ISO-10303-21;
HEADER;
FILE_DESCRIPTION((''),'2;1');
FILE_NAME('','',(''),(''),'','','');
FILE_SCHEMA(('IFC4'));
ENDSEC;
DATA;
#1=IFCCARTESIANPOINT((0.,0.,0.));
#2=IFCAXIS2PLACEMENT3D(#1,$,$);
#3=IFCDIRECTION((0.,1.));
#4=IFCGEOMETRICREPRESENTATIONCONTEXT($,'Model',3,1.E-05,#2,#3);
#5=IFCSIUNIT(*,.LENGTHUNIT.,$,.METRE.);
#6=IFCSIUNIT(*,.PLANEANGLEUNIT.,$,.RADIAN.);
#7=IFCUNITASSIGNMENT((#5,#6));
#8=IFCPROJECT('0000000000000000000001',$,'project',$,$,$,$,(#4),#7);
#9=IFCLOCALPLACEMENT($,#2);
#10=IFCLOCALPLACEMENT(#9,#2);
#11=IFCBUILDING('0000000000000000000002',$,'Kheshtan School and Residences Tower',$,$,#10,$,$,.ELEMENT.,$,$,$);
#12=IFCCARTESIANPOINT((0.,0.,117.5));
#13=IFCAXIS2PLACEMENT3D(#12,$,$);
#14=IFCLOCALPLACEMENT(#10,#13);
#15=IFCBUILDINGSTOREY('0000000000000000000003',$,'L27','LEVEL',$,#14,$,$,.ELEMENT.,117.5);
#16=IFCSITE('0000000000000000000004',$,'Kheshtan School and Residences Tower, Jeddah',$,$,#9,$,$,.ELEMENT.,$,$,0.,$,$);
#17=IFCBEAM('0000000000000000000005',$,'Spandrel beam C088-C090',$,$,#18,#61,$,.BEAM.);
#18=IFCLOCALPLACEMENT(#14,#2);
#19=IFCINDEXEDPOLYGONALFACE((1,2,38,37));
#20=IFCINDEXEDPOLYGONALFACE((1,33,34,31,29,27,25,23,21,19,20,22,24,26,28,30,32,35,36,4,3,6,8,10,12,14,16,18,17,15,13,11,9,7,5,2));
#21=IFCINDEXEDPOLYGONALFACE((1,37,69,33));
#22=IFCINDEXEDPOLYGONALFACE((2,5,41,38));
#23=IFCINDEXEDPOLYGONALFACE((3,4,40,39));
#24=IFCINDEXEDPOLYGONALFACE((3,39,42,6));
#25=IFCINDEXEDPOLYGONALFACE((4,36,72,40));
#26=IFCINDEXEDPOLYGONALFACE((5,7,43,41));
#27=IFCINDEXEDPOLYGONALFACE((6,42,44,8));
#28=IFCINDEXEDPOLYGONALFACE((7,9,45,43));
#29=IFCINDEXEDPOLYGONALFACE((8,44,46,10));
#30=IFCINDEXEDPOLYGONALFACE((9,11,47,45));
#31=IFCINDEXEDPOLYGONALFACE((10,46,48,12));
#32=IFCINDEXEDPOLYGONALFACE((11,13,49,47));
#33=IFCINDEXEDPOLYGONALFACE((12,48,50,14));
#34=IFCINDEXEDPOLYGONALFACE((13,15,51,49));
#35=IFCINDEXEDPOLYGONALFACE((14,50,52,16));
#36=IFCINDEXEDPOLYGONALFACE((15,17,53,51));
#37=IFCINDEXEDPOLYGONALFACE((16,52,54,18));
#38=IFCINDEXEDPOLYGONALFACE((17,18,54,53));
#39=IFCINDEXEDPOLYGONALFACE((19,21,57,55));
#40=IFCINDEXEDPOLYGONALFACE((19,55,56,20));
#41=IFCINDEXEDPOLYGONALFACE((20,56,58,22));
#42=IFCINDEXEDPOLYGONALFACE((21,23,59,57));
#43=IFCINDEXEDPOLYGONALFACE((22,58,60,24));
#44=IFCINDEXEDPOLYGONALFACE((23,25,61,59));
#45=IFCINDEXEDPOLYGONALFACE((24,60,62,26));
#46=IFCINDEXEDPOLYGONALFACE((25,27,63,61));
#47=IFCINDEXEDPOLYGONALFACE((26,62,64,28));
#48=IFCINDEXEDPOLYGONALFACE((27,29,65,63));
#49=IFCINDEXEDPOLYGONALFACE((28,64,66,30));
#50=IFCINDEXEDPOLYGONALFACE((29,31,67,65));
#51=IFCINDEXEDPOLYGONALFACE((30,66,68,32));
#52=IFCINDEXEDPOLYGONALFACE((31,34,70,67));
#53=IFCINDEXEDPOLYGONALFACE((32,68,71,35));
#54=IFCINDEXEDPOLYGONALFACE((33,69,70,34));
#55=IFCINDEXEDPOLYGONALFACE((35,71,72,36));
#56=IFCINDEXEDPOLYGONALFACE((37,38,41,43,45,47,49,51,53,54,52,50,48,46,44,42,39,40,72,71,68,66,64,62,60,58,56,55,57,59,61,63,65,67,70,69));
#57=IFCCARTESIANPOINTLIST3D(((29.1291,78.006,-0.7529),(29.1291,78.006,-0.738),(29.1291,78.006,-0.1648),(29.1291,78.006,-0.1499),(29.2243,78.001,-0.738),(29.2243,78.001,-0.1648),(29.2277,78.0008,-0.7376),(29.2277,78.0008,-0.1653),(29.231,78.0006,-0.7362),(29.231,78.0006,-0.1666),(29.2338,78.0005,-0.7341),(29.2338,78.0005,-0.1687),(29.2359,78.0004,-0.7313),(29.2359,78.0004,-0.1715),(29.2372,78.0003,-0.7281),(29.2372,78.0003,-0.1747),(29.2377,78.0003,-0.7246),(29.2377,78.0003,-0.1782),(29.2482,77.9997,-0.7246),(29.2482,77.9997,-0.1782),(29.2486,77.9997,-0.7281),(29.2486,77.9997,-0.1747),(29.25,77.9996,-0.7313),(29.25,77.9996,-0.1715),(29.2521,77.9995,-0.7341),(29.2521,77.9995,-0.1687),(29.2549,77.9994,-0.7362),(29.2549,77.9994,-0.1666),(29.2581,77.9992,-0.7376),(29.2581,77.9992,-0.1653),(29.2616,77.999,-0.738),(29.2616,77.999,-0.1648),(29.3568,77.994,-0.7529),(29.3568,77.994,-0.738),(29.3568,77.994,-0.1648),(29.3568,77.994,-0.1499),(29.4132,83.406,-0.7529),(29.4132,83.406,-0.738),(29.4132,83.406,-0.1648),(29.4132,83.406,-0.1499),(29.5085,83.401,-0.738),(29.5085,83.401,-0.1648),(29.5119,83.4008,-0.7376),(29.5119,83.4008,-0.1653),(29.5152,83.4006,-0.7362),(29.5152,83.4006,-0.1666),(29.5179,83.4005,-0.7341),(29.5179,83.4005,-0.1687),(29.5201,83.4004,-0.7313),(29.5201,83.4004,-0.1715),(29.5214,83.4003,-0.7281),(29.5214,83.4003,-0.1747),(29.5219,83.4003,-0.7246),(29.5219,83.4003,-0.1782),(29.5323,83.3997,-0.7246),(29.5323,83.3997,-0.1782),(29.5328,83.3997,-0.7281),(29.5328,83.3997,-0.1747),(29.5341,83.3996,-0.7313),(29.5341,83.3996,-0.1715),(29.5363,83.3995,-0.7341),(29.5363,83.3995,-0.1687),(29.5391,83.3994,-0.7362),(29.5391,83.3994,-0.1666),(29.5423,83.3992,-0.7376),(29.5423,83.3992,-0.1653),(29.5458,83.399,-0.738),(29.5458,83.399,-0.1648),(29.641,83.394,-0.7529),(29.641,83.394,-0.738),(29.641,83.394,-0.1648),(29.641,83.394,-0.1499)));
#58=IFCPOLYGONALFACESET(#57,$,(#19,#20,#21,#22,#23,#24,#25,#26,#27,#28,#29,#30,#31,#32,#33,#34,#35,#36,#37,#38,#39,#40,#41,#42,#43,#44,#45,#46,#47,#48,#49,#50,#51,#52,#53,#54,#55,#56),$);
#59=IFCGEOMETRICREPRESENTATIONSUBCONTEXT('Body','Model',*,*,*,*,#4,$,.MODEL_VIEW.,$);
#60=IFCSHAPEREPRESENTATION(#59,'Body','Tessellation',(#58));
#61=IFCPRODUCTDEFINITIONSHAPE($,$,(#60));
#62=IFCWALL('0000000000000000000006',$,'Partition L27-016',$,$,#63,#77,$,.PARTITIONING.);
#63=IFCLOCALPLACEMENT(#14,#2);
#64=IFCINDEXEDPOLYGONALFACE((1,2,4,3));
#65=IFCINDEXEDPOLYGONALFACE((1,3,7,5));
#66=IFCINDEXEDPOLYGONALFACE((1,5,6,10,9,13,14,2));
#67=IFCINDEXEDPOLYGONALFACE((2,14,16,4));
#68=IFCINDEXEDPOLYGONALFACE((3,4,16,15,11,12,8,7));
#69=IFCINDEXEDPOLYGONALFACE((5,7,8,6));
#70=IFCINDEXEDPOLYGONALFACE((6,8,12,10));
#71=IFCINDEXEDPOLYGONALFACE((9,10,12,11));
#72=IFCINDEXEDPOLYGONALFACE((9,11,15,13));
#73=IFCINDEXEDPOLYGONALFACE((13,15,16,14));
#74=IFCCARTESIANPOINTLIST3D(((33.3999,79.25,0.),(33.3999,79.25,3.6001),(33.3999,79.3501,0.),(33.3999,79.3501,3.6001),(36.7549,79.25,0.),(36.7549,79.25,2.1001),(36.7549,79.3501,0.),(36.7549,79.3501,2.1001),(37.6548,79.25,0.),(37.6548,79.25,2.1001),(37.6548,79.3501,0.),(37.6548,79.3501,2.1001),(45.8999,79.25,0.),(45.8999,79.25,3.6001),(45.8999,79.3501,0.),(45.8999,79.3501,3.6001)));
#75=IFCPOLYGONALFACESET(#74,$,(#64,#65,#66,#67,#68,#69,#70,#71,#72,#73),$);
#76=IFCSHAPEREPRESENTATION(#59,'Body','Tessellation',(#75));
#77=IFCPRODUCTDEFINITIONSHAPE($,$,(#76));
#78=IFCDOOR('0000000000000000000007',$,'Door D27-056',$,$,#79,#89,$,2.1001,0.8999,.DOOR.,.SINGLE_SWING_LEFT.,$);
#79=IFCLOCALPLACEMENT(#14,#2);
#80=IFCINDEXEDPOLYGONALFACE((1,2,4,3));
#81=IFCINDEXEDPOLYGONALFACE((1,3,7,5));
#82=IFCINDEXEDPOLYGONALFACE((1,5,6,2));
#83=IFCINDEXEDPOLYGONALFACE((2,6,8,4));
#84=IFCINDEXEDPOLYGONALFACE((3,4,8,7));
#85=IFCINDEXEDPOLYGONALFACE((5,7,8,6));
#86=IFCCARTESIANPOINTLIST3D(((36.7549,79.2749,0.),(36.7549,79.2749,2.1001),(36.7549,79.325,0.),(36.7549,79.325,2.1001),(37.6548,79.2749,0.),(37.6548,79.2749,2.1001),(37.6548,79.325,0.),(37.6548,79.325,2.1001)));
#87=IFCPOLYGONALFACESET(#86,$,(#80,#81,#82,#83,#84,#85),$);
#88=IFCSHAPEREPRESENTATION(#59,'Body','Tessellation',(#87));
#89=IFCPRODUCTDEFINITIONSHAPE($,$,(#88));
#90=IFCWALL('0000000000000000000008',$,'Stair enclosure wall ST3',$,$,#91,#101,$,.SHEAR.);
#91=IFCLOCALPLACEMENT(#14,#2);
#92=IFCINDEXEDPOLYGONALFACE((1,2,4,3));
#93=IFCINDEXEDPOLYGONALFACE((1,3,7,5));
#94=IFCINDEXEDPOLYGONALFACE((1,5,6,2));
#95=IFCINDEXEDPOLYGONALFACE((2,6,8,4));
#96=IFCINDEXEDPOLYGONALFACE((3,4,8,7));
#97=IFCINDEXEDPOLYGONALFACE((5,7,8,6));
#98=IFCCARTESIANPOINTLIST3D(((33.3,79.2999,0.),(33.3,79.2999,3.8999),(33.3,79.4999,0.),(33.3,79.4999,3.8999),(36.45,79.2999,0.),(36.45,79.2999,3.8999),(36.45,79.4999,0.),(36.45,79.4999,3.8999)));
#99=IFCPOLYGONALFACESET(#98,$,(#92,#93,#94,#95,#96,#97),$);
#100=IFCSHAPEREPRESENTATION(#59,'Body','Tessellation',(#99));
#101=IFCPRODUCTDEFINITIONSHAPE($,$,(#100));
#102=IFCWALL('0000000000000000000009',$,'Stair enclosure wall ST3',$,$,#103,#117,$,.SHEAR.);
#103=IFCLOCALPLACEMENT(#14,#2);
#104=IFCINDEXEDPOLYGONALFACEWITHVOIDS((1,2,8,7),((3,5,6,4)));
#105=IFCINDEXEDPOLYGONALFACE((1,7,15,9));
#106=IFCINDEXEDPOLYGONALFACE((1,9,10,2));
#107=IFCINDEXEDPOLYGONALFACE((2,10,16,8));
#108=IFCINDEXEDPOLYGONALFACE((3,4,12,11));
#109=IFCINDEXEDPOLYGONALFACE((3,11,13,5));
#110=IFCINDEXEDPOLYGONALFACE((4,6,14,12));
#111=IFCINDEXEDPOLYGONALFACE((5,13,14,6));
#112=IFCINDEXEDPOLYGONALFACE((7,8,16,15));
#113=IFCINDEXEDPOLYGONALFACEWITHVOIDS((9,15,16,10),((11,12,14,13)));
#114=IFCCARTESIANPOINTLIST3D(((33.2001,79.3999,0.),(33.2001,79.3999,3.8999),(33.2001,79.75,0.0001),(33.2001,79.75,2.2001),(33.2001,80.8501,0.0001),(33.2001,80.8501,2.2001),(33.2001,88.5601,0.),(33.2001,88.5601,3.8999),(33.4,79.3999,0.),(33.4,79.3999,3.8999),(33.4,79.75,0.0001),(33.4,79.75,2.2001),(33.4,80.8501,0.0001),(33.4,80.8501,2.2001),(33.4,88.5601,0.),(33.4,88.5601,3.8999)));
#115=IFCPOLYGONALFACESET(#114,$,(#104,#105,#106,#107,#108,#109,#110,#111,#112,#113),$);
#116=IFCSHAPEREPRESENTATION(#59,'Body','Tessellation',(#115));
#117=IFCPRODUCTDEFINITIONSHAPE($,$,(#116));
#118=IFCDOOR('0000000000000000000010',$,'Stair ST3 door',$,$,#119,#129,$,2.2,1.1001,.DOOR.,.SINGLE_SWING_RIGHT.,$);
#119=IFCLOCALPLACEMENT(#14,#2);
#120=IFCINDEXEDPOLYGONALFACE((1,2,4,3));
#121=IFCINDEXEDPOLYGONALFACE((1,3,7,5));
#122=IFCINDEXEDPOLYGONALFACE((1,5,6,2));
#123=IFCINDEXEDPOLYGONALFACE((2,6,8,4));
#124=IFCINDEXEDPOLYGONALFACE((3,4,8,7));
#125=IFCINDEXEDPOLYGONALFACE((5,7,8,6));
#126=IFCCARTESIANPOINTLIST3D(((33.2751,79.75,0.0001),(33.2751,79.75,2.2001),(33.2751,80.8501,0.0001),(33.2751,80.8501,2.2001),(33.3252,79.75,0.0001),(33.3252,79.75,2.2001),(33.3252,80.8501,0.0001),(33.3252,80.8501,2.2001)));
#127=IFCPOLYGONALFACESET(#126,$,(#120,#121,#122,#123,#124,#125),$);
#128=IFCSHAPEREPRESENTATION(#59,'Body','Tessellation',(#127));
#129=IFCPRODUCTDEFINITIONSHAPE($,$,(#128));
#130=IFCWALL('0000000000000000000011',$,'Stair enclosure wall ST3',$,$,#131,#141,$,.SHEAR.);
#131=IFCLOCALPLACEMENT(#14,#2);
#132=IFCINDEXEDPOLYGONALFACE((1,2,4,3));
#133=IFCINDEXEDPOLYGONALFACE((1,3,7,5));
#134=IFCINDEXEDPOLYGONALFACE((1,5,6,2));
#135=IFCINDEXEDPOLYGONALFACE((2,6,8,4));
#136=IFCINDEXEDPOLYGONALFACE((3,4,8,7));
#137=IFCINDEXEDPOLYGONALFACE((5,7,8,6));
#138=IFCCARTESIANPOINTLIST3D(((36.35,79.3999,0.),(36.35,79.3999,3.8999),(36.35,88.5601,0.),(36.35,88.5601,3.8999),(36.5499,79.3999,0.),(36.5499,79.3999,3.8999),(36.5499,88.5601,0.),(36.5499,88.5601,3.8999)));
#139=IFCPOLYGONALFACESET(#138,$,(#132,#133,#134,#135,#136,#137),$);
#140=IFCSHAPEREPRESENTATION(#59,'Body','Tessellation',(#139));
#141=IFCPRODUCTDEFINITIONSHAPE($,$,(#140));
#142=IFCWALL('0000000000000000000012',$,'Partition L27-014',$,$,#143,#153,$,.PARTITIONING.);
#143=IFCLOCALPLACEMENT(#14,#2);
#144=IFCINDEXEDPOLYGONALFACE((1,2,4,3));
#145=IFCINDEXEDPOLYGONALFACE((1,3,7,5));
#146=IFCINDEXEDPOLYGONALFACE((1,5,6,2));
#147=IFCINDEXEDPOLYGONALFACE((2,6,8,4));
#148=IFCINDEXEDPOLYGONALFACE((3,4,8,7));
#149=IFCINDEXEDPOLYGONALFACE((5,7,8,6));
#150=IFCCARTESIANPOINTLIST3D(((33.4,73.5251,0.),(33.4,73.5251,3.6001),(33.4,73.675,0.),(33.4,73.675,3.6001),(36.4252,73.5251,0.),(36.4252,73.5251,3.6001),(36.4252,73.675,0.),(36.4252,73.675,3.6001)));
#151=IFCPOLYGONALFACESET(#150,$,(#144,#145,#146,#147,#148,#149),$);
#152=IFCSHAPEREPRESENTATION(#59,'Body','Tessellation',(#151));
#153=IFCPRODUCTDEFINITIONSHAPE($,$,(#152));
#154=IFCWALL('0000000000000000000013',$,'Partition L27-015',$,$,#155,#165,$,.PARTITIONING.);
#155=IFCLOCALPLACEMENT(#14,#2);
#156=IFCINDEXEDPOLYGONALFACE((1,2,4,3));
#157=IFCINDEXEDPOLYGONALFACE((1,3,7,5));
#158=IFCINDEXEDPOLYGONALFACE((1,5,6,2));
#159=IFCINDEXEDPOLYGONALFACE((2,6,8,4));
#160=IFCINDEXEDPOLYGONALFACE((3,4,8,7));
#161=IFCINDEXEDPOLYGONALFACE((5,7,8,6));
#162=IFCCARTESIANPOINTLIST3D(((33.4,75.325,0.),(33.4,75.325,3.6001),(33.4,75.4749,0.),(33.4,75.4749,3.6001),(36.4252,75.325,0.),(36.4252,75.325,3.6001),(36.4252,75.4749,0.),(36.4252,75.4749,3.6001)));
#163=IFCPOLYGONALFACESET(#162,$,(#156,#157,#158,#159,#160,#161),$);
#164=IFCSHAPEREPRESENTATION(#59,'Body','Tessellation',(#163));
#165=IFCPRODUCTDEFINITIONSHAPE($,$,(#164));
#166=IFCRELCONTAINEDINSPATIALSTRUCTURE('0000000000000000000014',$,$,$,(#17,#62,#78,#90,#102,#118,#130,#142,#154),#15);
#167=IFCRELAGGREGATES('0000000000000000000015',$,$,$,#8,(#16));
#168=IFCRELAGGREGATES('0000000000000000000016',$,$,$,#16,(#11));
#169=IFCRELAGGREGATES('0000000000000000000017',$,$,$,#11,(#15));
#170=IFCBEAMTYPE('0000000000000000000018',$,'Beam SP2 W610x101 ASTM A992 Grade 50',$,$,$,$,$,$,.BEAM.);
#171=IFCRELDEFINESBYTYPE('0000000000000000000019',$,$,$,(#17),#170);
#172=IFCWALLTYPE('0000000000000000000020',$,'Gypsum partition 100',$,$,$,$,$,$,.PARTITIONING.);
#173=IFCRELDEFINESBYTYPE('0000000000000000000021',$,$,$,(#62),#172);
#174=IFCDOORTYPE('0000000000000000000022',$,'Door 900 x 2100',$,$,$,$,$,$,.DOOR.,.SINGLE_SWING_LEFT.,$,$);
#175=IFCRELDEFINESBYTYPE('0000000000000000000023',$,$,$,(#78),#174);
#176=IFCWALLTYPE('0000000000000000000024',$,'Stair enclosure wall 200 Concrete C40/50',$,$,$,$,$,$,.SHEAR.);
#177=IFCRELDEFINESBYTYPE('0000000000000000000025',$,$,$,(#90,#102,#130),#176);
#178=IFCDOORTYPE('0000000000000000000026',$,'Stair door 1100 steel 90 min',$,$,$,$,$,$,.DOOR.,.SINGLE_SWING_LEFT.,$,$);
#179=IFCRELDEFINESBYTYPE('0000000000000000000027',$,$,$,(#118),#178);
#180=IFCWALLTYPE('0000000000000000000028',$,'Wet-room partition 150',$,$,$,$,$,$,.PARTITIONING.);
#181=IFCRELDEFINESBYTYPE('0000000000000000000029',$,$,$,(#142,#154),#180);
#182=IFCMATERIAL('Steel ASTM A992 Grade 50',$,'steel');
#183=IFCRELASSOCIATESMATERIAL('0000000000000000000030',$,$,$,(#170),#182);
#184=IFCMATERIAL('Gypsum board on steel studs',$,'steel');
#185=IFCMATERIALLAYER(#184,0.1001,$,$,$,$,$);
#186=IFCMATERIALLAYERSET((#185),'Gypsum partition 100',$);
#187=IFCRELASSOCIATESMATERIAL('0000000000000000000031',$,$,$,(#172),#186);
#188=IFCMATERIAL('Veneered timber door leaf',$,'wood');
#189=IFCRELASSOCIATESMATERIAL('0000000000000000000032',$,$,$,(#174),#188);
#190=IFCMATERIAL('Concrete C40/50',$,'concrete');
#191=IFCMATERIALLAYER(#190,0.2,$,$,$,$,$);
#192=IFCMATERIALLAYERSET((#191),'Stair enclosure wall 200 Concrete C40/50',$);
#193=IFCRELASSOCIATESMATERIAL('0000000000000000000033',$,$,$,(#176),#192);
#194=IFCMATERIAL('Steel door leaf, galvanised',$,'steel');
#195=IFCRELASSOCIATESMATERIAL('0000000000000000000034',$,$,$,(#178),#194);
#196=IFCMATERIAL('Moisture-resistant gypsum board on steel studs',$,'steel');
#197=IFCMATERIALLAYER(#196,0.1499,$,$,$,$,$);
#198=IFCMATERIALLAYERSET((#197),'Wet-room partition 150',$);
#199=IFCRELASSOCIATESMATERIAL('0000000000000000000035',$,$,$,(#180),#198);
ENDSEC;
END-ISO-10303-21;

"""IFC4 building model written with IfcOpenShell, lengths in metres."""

from ifc_helpers import new_model, si_unit, direction, frame, frame_2d, origin, origin_2d, place, context, subcontext, project, spatial, rectangle, i_section, extrude, source, transform, mapped, material, layer, layer_set, material_profile, profile_set, type_object, element, fill, save


model = new_model("IFC4")

# Units and contexts
model_context = context("Model", 3, precision=1e-05, world=origin(), true_north=direction((0.0, 1.0)))
body_context = subcontext(model_context, "Body", "Model", "MODEL_VIEW")
ifc_project = project(units=[si_unit("LENGTHUNIT", "METRE"), si_unit("PLANEANGLEUNIT", "RADIAN")], contexts=[model_context])

# Site, building, storey
site_placement = place(None, origin())
site = spatial("IfcSite", under=ifc_project, at=site_placement, Name="Kheshtan School and Residences Tower, Jeddah", CompositionType="ELEMENT", RefElevation=0.0)
building_placement = place(site_placement, origin())
building = spatial("IfcBuilding", under=site, at=building_placement, Name="Kheshtan School and Residences Tower", CompositionType="ELEMENT")
storey_placement = place(building_placement, frame((0.0, 0.0, 117.5)))
storey = spatial("IfcBuildingStorey", under=building, at=storey_placement, Name="L27", Description="LEVEL", CompositionType="ELEMENT", Elevation=117.5)

# Shared definitions
ifc_material_1 = material(Name="Steel ASTM A992 Grade 50", Category="steel")

# Beam
ifc_material_profile_1 = material_profile(ifc_material_1, i_section(OverallWidth=0.228, OverallDepth=0.603, WebThickness=0.0105, FlangeThickness=0.0149, FilletRadius=0.0134, at=origin_2d()), Name="W610x101")
ifc_profile_set_1 = profile_set([ifc_material_profile_1], Name="Steel ASTM A992 Grade 50")
beam_type_1 = type_object("IfcBeamType", Name="Beam SP2 W610x101 ASTM A992 Grade 50", PredefinedType="BEAM", material=ifc_profile_set_1)
for number, where, z_axis, x_axis, name in (
    (1, (29.2429, 78.0, -0.4514), (0.052554, 0.998618, 0.0), (-0.998618, 0.052554, 0.0), "Spandrel beam C088-C090"),
):
    element("IfcBeam", number, at=place(storey_placement, frame(where, z_axis=z_axis, x_axis=x_axis)), inside=storey, type_object=beam_type_1, Name=name, PredefinedType="BEAM", context=body_context, shape_type="SweptSolid", body=[
        extrude(i_section(OverallWidth=0.228, OverallDepth=0.603, WebThickness=0.0105, FlangeThickness=0.0149, FilletRadius=0.0134, at=origin_2d()), origin(), (0.0, 0.0, 1.0), 5.4075),
    ])

# Wall, opening, door
ifc_material_2 = material(Name="Gypsum board on steel studs", Category="steel")
ifc_layer_1 = layer(ifc_material_2, 0.1001)
ifc_layer_set_1 = layer_set([ifc_layer_1], Name="Gypsum partition 100")
wall_type_1 = type_object("IfcWallType", Name="Gypsum partition 100", PredefinedType="PARTITIONING", material=ifc_layer_set_1)
wall_1_placement = place(storey_placement, frame((33.3999, 79.3, 0.0), z_axis=(0.0, 0.0, 1.0), x_axis=(1.0, 0.0, 0.0)))
wall_1 = element("IfcWall", 2, at=wall_1_placement, inside=storey, type_object=wall_type_1, Name="Partition L27-016", PredefinedType="PARTITIONING", context=body_context, shape_type="SweptSolid", body=[
    extrude(rectangle(XDim=12.5, YDim=0.1001, at=frame_2d((6.25, 0.0))), origin(), (0.0, 0.0, 1.0), 3.6001),
])
opening_1_placement = place(wall_1_placement, frame((3.355, 0.0, 0.0)))
opening_1 = element("IfcOpeningElement", 3, at=opening_1_placement, cuts=wall_1, PredefinedType="OPENING", context=body_context, shape_type="SweptSolid", body=[
    extrude(rectangle(XDim=0.8999, YDim=2.1001, at=frame_2d((0.45, 1.05))), frame((0.0, 0.0601, 0.0), z_axis=(0.0, -1.0, 0.0), x_axis=(1.0, 0.0, 0.0)), (0.0, 0.0, 1.0), 0.1201),
])
ifc_material_3 = material(Name="Veneered timber door leaf", Category="wood")
door_type_1 = type_object("IfcDoorType", Name="Door 900 x 2100", OperationType="SINGLE_SWING_LEFT", PredefinedType="DOOR", material=ifc_material_3)
shared_shape_1 = source(origin(), body_context, "Body", "SweptSolid", [
    extrude(rectangle(XDim=0.8999, YDim=2.1001, at=frame_2d((0.45, 1.05))), frame((0.0, 0.0249, 0.0), z_axis=(0.0, -1.0, 0.0), x_axis=(1.0, 0.0, 0.0)), (0.0, 0.0, 1.0), 0.05),
])
door_1_placement = place(opening_1_placement, origin())
door_1 = element("IfcDoor", 4, at=door_1_placement, inside=storey, type_object=door_type_1, Name="Door D27-056", OperationType="SINGLE_SWING_LEFT", OverallHeight=2.1001, OverallWidth=0.8999, PredefinedType="DOOR", context=body_context, shape_type="MappedRepresentation", body=[
    mapped(shared_shape_1, transform((0.0, 0.0, 0.0), x_axis=(1.0, 0.0, 0.0), y_axis=(0.0, 1.0, 0.0), z_axis=(0.0, 0.0, 1.0), scale=1.0)),
])
fill(opening_1, door_1)

# Wall
ifc_material_4 = material(Name="Concrete C40/50", Category="concrete")
ifc_layer_2 = layer(ifc_material_4, 0.2)
ifc_layer_set_2 = layer_set([ifc_layer_2], Name="Stair enclosure wall 200 Concrete C40/50")
wall_type_2 = type_object("IfcWallType", Name="Stair enclosure wall 200 Concrete C40/50", PredefinedType="SHEAR", material=ifc_layer_set_2)
wall_2_placement = place(storey_placement, frame((33.3, 79.3999, 0.0), z_axis=(0.0, 0.0, 1.0), x_axis=(1.0, 0.0, 0.0)))
element("IfcWall", 5, at=wall_2_placement, inside=storey, type_object=wall_type_2, Name="Stair enclosure wall ST3", PredefinedType="SHEAR", context=body_context, shape_type="SweptSolid", body=[
    extrude(rectangle(XDim=3.1499, YDim=0.2, at=frame_2d((1.575, 0.0))), origin(), (0.0, 0.0, 1.0), 3.8999),
])

# Wall, opening, door
wall_3_placement = place(storey_placement, frame((33.3, 79.3999, 0.0), z_axis=(0.0, 0.0, 1.0), x_axis=(0.0, 1.0, 0.0)))
wall_3 = element("IfcWall", 6, at=wall_3_placement, inside=storey, type_object=wall_type_2, Name="Stair enclosure wall ST3", PredefinedType="SHEAR", context=body_context, shape_type="SweptSolid", body=[
    extrude(rectangle(XDim=9.1602, YDim=0.2, at=frame_2d((4.5801, 0.0))), origin(), (0.0, 0.0, 1.0), 3.8999),
])
opening_2_placement = place(wall_3_placement, frame((0.3501, 0.0, 0.0)))
opening_2 = element("IfcOpeningElement", 7, at=opening_2_placement, cuts=wall_3, PredefinedType="OPENING", context=body_context, shape_type="SweptSolid", body=[
    extrude(rectangle(XDim=1.1001, YDim=2.2, at=frame_2d((0.55, 1.1001))), frame((0.0, 0.1099, 0.0), z_axis=(0.0, -1.0, 0.0), x_axis=(1.0, 0.0, 0.0)), (0.0, 0.0, 1.0), 0.22),
])
ifc_material_5 = material(Name="Steel door leaf, galvanised", Category="steel")
door_type_2 = type_object("IfcDoorType", Name="Stair door 1100 steel 90 min", OperationType="SINGLE_SWING_LEFT", PredefinedType="DOOR", material=ifc_material_5)
shared_shape_2 = source(origin(), body_context, "Body", "SweptSolid", [
    extrude(rectangle(XDim=1.1001, YDim=2.2, at=frame_2d((0.55, 1.1001))), frame((0.0, 0.0249, 0.0), z_axis=(0.0, -1.0, 0.0), x_axis=(1.0, 0.0, 0.0)), (0.0, 0.0, 1.0), 0.05),
])
door_2_placement = place(opening_2_placement, origin())
door_2 = element("IfcDoor", 8, at=door_2_placement, inside=storey, type_object=door_type_2, Name="Stair ST3 door", OperationType="SINGLE_SWING_RIGHT", OverallHeight=2.2, OverallWidth=1.1001, PredefinedType="DOOR", context=body_context, shape_type="MappedRepresentation", body=[
    mapped(shared_shape_2, transform((0.0, 0.0, 0.0), x_axis=(1.0, 0.0, 0.0), y_axis=(0.0, 1.0, 0.0), z_axis=(0.0, 0.0, 1.0), scale=1.0)),
])
fill(opening_2, door_2)

# Walls
wall_4_placement = place(storey_placement, frame((36.45, 79.3999, 0.0), z_axis=(0.0, 0.0, 1.0), x_axis=(0.0, 1.0, 0.0)))
element("IfcWall", 9, at=wall_4_placement, inside=storey, type_object=wall_type_2, Name="Stair enclosure wall ST3", PredefinedType="SHEAR", context=body_context, shape_type="SweptSolid", body=[
    extrude(rectangle(XDim=9.1602, YDim=0.2, at=frame_2d((4.5801, 0.0))), origin(), (0.0, 0.0, 1.0), 3.8999),
])
ifc_material_6 = material(Name="Moisture-resistant gypsum board on steel studs", Category="steel")
ifc_layer_3 = layer(ifc_material_6, 0.1499)
ifc_layer_set_3 = layer_set([ifc_layer_3], Name="Wet-room partition 150")
wall_type_3 = type_object("IfcWallType", Name="Wet-room partition 150", PredefinedType="PARTITIONING", material=ifc_layer_set_3)
for number, where, z_axis, x_axis, name in (
    (10, (33.3999, 73.6001, 0.0), (0.0, 0.0, 1.0), (1.0, 0.0, 0.0), "Partition L27-014"),
    (11, (33.3999, 75.3999, 0.0), (0.0, 0.0, 1.0), (1.0, 0.0, 0.0), "Partition L27-015"),
):
    element("IfcWall", number, at=place(storey_placement, frame(where, z_axis=z_axis, x_axis=x_axis)), inside=storey, type_object=wall_type_3, Name=name, PredefinedType="PARTITIONING", context=body_context, shape_type="SweptSolid", body=[
        extrude(rectangle(XDim=3.0251, YDim=0.1499, at=frame_2d((1.5127, 0.0))), origin(), (0.0, 0.0, 1.0), 3.6001),
    ])

save(model, "model.ifc")
